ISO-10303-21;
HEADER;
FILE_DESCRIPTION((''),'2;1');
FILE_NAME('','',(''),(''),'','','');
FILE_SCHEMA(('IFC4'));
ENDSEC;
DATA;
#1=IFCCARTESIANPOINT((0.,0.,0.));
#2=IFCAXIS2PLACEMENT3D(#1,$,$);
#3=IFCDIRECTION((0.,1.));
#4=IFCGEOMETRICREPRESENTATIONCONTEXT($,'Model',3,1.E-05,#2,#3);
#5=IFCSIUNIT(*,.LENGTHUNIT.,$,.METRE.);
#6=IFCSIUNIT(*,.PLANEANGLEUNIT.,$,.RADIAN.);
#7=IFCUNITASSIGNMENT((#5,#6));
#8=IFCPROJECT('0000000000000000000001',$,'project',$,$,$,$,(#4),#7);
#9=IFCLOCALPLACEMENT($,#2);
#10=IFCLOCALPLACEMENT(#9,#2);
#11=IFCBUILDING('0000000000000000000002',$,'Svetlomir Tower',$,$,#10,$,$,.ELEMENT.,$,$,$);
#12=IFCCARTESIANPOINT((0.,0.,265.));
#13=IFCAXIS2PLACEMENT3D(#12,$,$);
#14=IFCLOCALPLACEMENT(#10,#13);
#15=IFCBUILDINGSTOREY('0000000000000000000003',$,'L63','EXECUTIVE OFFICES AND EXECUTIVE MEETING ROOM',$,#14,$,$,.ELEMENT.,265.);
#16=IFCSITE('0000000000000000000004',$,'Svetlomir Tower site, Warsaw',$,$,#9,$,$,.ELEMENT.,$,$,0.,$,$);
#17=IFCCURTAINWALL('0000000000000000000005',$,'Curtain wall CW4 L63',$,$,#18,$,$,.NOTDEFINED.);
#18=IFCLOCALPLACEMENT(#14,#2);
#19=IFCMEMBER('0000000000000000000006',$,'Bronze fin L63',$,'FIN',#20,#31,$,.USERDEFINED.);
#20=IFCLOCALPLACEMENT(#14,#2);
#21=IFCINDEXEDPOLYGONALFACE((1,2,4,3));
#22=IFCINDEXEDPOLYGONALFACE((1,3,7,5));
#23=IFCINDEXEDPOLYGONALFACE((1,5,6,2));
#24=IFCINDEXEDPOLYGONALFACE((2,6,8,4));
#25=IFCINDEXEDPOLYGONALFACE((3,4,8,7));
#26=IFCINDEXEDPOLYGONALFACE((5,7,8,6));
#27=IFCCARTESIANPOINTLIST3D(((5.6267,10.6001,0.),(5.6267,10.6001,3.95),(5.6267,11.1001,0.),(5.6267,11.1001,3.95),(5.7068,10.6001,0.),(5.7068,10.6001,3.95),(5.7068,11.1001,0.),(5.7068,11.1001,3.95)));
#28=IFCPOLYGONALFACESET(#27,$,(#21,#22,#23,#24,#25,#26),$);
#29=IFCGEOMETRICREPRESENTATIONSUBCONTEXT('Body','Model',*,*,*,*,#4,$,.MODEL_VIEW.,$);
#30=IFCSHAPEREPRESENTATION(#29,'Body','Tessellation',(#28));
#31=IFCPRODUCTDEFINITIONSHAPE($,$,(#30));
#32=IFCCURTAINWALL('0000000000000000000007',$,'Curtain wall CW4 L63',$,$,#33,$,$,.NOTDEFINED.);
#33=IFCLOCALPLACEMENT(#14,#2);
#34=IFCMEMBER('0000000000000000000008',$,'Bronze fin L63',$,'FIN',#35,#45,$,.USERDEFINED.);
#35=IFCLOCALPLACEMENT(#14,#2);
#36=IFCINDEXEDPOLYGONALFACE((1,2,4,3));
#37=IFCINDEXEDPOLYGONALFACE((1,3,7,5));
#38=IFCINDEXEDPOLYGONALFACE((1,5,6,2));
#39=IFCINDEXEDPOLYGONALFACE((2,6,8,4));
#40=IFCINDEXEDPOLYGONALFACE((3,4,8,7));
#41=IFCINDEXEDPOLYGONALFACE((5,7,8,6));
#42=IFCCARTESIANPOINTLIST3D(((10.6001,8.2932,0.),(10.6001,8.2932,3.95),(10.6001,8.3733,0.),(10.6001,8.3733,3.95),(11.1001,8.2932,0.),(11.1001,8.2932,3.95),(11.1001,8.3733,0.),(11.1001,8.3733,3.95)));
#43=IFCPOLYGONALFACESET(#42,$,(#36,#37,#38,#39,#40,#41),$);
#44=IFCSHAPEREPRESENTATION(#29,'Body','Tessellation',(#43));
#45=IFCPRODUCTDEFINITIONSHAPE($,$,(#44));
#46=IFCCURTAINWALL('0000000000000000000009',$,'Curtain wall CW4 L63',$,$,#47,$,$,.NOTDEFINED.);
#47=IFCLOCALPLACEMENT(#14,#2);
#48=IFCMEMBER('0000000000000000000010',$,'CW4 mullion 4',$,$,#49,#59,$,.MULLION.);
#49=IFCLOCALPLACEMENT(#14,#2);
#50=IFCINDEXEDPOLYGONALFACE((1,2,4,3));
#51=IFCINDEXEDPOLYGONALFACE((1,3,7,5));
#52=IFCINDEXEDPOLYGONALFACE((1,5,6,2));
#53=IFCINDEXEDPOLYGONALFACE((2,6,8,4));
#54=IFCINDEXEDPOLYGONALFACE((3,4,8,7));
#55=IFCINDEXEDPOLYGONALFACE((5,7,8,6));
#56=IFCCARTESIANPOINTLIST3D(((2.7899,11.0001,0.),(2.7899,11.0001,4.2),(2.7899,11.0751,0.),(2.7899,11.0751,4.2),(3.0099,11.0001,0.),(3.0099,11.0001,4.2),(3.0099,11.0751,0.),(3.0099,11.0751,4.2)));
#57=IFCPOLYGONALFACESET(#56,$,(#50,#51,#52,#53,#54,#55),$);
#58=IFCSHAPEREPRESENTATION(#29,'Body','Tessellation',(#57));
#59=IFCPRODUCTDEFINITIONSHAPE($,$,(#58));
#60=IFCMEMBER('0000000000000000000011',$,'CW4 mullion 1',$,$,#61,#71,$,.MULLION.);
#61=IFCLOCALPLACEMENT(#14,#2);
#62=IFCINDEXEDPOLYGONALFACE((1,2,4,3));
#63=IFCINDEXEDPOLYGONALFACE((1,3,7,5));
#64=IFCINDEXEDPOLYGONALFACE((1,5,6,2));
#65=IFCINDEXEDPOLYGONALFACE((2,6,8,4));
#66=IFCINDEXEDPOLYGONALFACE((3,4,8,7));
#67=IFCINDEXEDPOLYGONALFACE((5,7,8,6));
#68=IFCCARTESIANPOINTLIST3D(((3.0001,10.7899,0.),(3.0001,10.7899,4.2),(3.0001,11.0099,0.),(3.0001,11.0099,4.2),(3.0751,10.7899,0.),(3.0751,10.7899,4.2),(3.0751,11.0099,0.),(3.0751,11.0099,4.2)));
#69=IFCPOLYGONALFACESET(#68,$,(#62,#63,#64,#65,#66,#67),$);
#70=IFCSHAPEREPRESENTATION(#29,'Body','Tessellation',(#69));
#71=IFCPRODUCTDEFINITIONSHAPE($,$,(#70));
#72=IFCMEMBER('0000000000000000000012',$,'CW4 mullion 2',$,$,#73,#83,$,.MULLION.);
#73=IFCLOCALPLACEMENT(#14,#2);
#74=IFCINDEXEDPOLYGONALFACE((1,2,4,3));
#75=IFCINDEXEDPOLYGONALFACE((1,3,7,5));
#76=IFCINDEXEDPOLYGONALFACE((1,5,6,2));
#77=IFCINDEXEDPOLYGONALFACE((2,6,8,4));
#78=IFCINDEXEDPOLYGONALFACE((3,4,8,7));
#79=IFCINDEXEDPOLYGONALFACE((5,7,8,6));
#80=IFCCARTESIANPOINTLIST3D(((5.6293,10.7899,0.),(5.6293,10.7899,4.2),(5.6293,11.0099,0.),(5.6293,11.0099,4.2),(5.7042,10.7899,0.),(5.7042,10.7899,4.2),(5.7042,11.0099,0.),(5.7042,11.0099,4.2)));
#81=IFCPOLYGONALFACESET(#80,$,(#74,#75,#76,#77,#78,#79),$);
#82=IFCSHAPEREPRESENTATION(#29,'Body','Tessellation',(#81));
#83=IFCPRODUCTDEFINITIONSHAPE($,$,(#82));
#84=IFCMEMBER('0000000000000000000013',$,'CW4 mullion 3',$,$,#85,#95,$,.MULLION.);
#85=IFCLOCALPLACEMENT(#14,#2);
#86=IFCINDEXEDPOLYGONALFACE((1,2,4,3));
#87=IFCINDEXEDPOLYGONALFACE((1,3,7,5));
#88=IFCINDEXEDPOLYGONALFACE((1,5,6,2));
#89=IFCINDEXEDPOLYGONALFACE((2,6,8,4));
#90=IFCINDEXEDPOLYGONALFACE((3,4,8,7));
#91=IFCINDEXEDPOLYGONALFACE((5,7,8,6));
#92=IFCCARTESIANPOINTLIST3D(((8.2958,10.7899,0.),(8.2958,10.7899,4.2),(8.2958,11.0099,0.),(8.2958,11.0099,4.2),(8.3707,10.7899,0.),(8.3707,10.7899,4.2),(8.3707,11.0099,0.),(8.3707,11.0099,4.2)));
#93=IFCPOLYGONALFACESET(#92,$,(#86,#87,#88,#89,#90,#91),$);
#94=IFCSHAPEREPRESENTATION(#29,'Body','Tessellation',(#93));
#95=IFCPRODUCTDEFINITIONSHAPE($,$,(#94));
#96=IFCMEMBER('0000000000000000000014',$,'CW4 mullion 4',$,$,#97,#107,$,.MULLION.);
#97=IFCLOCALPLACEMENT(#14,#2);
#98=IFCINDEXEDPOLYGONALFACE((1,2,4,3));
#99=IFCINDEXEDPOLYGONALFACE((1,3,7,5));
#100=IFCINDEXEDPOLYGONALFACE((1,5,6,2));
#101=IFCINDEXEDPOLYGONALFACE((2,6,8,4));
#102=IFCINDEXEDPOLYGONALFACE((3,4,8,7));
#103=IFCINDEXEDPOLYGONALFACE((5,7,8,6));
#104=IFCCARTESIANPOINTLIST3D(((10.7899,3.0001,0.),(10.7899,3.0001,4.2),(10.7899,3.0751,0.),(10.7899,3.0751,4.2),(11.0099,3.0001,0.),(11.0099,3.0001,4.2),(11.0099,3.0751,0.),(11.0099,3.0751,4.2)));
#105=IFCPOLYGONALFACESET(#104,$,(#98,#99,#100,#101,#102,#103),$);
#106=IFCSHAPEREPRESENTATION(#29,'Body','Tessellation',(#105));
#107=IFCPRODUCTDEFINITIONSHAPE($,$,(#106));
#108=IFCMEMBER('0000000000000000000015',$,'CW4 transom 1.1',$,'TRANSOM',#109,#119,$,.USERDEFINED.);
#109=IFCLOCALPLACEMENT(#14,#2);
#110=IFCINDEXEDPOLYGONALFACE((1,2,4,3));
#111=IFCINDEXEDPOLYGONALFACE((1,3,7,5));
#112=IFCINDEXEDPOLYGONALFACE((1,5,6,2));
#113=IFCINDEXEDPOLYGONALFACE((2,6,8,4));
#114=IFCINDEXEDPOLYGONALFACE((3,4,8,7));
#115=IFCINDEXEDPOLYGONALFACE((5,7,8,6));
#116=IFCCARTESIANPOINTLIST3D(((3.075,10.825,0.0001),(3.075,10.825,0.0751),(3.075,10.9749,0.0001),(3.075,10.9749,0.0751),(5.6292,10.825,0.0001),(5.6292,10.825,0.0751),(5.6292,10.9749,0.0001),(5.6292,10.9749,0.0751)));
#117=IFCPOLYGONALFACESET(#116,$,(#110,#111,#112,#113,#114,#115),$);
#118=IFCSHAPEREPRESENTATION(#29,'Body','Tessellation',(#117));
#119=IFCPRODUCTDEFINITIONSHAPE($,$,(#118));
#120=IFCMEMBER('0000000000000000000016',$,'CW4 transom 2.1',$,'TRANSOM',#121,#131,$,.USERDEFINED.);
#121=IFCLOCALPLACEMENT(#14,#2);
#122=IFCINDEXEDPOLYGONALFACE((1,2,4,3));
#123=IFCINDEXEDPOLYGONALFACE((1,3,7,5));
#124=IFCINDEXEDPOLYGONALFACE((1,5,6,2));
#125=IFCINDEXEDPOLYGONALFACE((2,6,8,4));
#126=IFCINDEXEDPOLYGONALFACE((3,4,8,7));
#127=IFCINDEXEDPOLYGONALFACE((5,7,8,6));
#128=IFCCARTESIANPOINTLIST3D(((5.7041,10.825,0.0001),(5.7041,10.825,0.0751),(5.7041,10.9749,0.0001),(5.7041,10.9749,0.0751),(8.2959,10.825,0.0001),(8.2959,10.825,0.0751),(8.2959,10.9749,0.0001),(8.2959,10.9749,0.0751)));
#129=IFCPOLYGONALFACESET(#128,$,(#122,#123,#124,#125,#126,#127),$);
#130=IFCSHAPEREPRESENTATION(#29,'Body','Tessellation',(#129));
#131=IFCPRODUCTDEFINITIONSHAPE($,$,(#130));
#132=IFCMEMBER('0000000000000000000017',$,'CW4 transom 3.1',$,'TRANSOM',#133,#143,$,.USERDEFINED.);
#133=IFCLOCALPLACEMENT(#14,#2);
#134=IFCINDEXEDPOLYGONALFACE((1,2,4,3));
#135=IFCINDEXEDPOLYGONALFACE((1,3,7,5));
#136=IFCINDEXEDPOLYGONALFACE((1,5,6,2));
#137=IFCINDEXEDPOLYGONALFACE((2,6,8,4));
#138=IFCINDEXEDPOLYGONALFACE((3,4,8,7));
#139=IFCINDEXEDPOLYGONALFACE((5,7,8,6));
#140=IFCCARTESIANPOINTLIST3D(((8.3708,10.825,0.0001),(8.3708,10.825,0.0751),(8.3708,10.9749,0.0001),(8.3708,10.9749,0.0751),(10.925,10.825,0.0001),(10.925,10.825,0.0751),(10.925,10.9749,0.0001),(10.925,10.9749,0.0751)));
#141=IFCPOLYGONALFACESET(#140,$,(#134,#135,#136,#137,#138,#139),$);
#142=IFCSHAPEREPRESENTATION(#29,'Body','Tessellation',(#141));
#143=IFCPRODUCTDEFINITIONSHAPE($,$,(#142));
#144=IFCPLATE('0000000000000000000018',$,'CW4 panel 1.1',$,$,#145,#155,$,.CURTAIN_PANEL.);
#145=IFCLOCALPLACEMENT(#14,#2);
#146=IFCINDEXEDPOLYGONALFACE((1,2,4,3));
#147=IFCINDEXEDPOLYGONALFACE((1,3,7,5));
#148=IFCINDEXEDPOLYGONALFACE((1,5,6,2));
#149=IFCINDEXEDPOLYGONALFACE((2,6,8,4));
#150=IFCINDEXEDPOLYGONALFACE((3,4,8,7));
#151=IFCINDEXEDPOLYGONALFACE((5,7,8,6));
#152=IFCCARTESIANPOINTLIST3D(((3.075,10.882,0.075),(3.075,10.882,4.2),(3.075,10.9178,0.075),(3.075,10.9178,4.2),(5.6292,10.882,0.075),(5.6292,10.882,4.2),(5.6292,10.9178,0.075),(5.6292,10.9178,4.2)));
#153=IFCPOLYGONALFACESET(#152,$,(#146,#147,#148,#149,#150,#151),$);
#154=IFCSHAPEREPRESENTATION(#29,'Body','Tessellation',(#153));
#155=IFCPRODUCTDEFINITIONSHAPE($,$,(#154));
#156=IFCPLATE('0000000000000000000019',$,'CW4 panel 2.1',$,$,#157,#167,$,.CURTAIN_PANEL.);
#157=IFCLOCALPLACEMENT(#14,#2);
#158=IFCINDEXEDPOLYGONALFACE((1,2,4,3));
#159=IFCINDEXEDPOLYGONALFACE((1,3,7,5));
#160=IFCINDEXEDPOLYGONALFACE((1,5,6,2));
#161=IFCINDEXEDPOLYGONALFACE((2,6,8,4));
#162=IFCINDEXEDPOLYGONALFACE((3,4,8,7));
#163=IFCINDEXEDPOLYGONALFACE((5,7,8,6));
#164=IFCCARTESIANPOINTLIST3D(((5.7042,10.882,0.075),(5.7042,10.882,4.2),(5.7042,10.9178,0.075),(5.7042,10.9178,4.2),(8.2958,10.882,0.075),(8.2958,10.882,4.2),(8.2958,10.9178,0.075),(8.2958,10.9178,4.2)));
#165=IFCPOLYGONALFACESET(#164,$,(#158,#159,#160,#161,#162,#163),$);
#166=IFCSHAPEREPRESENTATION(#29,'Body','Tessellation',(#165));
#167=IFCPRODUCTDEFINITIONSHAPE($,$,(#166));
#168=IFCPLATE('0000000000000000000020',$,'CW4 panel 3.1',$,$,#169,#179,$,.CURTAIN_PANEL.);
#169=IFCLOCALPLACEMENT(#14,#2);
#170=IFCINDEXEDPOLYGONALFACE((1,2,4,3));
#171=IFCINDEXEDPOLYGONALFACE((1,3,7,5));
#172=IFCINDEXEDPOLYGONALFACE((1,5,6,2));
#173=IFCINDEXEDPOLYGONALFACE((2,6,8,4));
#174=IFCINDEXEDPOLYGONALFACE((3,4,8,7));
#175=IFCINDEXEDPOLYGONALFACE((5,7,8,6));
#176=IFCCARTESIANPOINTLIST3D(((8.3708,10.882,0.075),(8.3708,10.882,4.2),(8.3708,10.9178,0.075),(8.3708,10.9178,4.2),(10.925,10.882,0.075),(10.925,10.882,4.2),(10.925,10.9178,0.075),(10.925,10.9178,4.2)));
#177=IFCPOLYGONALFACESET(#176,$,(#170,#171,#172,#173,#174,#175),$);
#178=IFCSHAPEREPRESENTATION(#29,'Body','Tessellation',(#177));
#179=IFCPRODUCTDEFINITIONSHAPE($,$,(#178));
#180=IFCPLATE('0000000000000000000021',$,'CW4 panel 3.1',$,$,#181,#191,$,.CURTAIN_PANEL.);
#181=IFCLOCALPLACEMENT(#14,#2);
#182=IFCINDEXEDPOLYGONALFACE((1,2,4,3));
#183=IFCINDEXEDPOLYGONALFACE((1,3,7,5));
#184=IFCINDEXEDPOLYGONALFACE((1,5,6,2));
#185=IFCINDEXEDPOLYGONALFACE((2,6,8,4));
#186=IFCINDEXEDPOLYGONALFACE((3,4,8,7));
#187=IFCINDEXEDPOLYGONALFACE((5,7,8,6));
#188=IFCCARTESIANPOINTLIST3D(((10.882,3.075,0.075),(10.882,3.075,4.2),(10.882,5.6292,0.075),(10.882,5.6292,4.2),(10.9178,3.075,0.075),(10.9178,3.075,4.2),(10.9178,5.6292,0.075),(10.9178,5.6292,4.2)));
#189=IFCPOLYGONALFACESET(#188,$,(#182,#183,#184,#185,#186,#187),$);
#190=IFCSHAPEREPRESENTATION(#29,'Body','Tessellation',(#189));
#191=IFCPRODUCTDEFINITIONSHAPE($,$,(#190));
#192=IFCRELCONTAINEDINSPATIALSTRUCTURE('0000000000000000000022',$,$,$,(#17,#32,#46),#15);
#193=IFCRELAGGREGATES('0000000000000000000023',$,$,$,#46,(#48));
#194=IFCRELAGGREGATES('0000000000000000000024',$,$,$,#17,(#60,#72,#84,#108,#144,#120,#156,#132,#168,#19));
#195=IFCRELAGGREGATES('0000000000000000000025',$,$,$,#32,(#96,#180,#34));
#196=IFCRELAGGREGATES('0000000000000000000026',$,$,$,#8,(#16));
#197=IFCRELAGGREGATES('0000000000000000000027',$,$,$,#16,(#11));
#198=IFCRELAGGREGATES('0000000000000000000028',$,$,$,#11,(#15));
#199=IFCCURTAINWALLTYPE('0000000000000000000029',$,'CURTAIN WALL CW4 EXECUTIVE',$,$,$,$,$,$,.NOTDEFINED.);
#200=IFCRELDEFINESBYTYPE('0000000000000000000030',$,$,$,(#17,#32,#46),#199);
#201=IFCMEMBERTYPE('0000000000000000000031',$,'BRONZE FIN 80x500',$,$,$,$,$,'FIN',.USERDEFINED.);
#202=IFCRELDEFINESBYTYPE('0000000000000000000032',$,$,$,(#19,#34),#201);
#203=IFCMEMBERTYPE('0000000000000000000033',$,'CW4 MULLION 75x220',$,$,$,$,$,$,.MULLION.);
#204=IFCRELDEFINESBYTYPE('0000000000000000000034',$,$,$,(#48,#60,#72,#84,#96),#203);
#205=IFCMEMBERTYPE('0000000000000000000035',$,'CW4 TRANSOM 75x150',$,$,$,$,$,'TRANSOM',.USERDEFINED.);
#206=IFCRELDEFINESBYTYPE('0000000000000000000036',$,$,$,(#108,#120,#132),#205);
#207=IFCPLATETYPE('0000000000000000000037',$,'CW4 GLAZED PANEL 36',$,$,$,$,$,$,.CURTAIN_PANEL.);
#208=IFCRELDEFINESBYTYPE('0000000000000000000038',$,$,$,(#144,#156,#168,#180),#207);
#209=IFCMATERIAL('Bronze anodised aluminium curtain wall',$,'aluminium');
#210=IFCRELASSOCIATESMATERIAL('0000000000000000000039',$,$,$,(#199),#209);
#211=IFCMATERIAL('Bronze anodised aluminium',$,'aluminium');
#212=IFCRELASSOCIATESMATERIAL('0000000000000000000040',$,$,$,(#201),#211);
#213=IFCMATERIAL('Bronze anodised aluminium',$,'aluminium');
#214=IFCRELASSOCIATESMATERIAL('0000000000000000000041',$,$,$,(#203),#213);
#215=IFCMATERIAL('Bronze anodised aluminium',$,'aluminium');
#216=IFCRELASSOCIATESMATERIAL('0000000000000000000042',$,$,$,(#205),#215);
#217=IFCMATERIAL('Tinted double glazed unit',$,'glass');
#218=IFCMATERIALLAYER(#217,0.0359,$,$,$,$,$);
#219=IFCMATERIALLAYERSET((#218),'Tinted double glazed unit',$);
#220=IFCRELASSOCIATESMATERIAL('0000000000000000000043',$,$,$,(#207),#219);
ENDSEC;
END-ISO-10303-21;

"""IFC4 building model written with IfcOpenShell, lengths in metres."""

from ifc_helpers import new_model, si_unit, direction, frame, origin, origin_2d, place, context, subcontext, project, spatial, rectangle, extrude, material, layer, layer_set, material_profile, profile_set, type_object, element, aggregate, save


model = new_model("IFC4")

# Units and contexts
model_context = context("Model", 3, precision=1e-05, world=origin(), true_north=direction((0.0, 1.0)))
body_context = subcontext(model_context, "Body", "Model", "MODEL_VIEW")
ifc_project = project(units=[si_unit("LENGTHUNIT", "METRE"), si_unit("PLANEANGLEUNIT", "RADIAN")], contexts=[model_context])

# Site, building, storey
site_placement = place(None, origin())
site = spatial("IfcSite", under=ifc_project, at=site_placement, Name="Svetlomir Tower site, Warsaw", CompositionType="ELEMENT", RefElevation=0.0)
building_placement = place(site_placement, origin())
building = spatial("IfcBuilding", under=site, at=building_placement, Name="Svetlomir Tower", CompositionType="ELEMENT")
storey_placement = place(building_placement, frame((0.0, 0.0, 265.0)))
storey = spatial("IfcBuildingStorey", under=building, at=storey_placement, Name="L63", Description="EXECUTIVE OFFICES AND EXECUTIVE MEETING ROOM", CompositionType="ELEMENT", Elevation=265.0)

# Curtain walls, members
ifc_material_1 = material(Name="Bronze anodised aluminium curtain wall", Category="aluminium")
curtain_wall_type = type_object("IfcCurtainWallType", Name="CURTAIN WALL CW4 EXECUTIVE", PredefinedType="NOTDEFINED", material=ifc_material_1)
curtain_wall_1_placement = place(storey_placement, origin())
curtain_wall_1 = element("IfcCurtainWall", 1, at=curtain_wall_1_placement, inside=storey, type_object=curtain_wall_type, Name="Curtain wall CW4 L63", PredefinedType="NOTDEFINED")
ifc_material_2 = material(Name="Bronze anodised aluminium", Category="aluminium")
ifc_material_profile_1 = material_profile(ifc_material_2, rectangle(XDim=0.0801, YDim=0.5, at=origin_2d()), Name="FIN 80x500")
ifc_profile_set_1 = profile_set([ifc_material_profile_1], Name="Bronze anodised aluminium 6063-T6")
member_type_1 = type_object("IfcMemberType", Name="BRONZE FIN 80x500", ElementType="FIN", PredefinedType="USERDEFINED", material=ifc_profile_set_1)
member_1_placement = place(storey_placement, frame((5.6667, 10.8501, 0.0), z_axis=(0.0, 0.0, 1.0), x_axis=(1.0, 0.0, 0.0)))
member_1 = element("IfcMember", 2, at=member_1_placement, type_object=member_type_1, Name="Bronze fin L63", ObjectType="FIN", PredefinedType="USERDEFINED", context=body_context, shape_type="SweptSolid", body=[
    extrude(rectangle(XDim=0.0801, YDim=0.5, at=origin_2d()), origin(), (0.0, 0.0, 1.0), 3.95),
])
curtain_wall_2_placement = place(storey_placement, origin())
curtain_wall_2 = element("IfcCurtainWall", 3, at=curtain_wall_2_placement, inside=storey, type_object=curtain_wall_type, Name="Curtain wall CW4 L63", PredefinedType="NOTDEFINED")
member_2_placement = place(storey_placement, frame((10.8501, 8.3333, 0.0), z_axis=(0.0, 0.0, 1.0), x_axis=(0.0, 1.0, 0.0)))
member_2 = element("IfcMember", 4, at=member_2_placement, type_object=member_type_1, Name="Bronze fin L63", ObjectType="FIN", PredefinedType="USERDEFINED", context=body_context, shape_type="SweptSolid", body=[
    extrude(rectangle(XDim=0.0801, YDim=0.5, at=origin_2d()), origin(), (0.0, 0.0, 1.0), 3.95),
])
curtain_wall_3_placement = place(storey_placement, origin())
curtain_wall_3 = element("IfcCurtainWall", 5, at=curtain_wall_3_placement, inside=storey, type_object=curtain_wall_type, Name="Curtain wall CW4 L63", PredefinedType="NOTDEFINED")
ifc_material_3 = material(Name="Bronze anodised aluminium", Category="aluminium")
ifc_material_profile_2 = material_profile(ifc_material_3, rectangle(XDim=0.075, YDim=0.22, at=origin_2d()), Name="AL 75x220")
ifc_profile_set_2 = profile_set([ifc_material_profile_2], Name="Bronze anodised aluminium 6063-T6")
member_type_2 = type_object("IfcMemberType", Name="CW4 MULLION 75x220", PredefinedType="MULLION", material=ifc_profile_set_2)
member_3_placement = place(storey_placement, frame((2.8999, 11.0376, 0.0), z_axis=(0.0, 0.0, 1.0), x_axis=(0.0, -1.0, 0.0)))
member_3 = element("IfcMember", 6, at=member_3_placement, type_object=member_type_2, Name="CW4 mullion 4", PredefinedType="MULLION", context=body_context, shape_type="SweptSolid", body=[
    extrude(rectangle(XDim=0.075, YDim=0.22, at=origin_2d()), origin(), (0.0, 0.0, 1.0), 4.2),
])
aggregate(curtain_wall_3, [member_3])

# Members
member_4_placement = place(storey_placement, frame((3.0376, 10.8999, 0.0), z_axis=(0.0, 0.0, 1.0), x_axis=(1.0, 0.0, 0.0)))
member_4 = element("IfcMember", 7, at=member_4_placement, type_object=member_type_2, Name="CW4 mullion 1", PredefinedType="MULLION", context=body_context, shape_type="SweptSolid", body=[
    extrude(rectangle(XDim=0.075, YDim=0.22, at=origin_2d()), origin(), (0.0, 0.0, 1.0), 4.2),
])
member_5_placement = place(storey_placement, frame((5.6667, 10.8999, 0.0), z_axis=(0.0, 0.0, 1.0), x_axis=(1.0, 0.0, 0.0)))
member_5 = element("IfcMember", 8, at=member_5_placement, type_object=member_type_2, Name="CW4 mullion 2", PredefinedType="MULLION", context=body_context, shape_type="SweptSolid", body=[
    extrude(rectangle(XDim=0.075, YDim=0.22, at=origin_2d()), origin(), (0.0, 0.0, 1.0), 4.2),
])
member_6_placement = place(storey_placement, frame((8.3333, 10.8999, 0.0), z_axis=(0.0, 0.0, 1.0), x_axis=(1.0, 0.0, 0.0)))
member_6 = element("IfcMember", 9, at=member_6_placement, type_object=member_type_2, Name="CW4 mullion 3", PredefinedType="MULLION", context=body_context, shape_type="SweptSolid", body=[
    extrude(rectangle(XDim=0.075, YDim=0.22, at=origin_2d()), origin(), (0.0, 0.0, 1.0), 4.2),
])
member_7_placement = place(storey_placement, frame((10.8999, 3.0376, 0.0), z_axis=(0.0, 0.0, 1.0), x_axis=(0.0, -1.0, 0.0)))
member_7 = element("IfcMember", 10, at=member_7_placement, type_object=member_type_2, Name="CW4 mullion 4", PredefinedType="MULLION", context=body_context, shape_type="SweptSolid", body=[
    extrude(rectangle(XDim=0.075, YDim=0.22, at=origin_2d()), origin(), (0.0, 0.0, 1.0), 4.2),
])
ifc_material_4 = material(Name="Bronze anodised aluminium", Category="aluminium")
ifc_material_profile_3 = material_profile(ifc_material_4, rectangle(XDim=0.1499, YDim=0.075, at=origin_2d()), Name="AL 150x75")
ifc_profile_set_3 = profile_set([ifc_material_profile_3], Name="Bronze anodised aluminium 6063-T6")
member_type_3 = type_object("IfcMemberType", Name="CW4 TRANSOM 75x150", ElementType="TRANSOM", PredefinedType="USERDEFINED", material=ifc_profile_set_3)
member_8_placement = place(storey_placement, frame((3.075, 10.8999, 0.0376), z_axis=(1.0, 0.0, 0.0), x_axis=(0.0, 1.0, 0.0)))
member_8 = element("IfcMember", 11, at=member_8_placement, type_object=member_type_3, Name="CW4 transom 1.1", ObjectType="TRANSOM", PredefinedType="USERDEFINED", context=body_context, shape_type="SweptSolid", body=[
    extrude(rectangle(XDim=0.1499, YDim=0.075, at=origin_2d()), origin(), (0.0, 0.0, 1.0), 2.5542),
])
member_9_placement = place(storey_placement, frame((5.7041, 10.8999, 0.0376), z_axis=(1.0, 0.0, 0.0), x_axis=(0.0, 1.0, 0.0)))
member_9 = element("IfcMember", 12, at=member_9_placement, type_object=member_type_3, Name="CW4 transom 2.1", ObjectType="TRANSOM", PredefinedType="USERDEFINED", context=body_context, shape_type="SweptSolid", body=[
    extrude(rectangle(XDim=0.1499, YDim=0.075, at=origin_2d()), origin(), (0.0, 0.0, 1.0), 2.5918),
])
member_10_placement = place(storey_placement, frame((8.3708, 10.8999, 0.0376), z_axis=(1.0, 0.0, 0.0), x_axis=(0.0, 1.0, 0.0)))
member_10 = element("IfcMember", 13, at=member_10_placement, type_object=member_type_3, Name="CW4 transom 3.1", ObjectType="TRANSOM", PredefinedType="USERDEFINED", context=body_context, shape_type="SweptSolid", body=[
    extrude(rectangle(XDim=0.1499, YDim=0.075, at=origin_2d()), origin(), (0.0, 0.0, 1.0), 2.5542),
])

# Plates
ifc_material_5 = material(Name="Tinted double glazed unit", Category="glass")
ifc_layer_1 = layer(ifc_material_5, 0.0359)
ifc_layer_set_1 = layer_set([ifc_layer_1], Name="Tinted double glazed unit")
plate_type = type_object("IfcPlateType", Name="CW4 GLAZED PANEL 36", PredefinedType="CURTAIN_PANEL", material=ifc_layer_set_1)
plate_1_placement = place(storey_placement, frame((4.3521, 10.8999, 0.075), z_axis=(0.0, 0.0, 1.0), x_axis=(1.0, 0.0, 0.0)))
plate_1 = element("IfcPlate", 14, at=plate_1_placement, type_object=plate_type, Name="CW4 panel 1.1", PredefinedType="CURTAIN_PANEL", context=body_context, shape_type="SweptSolid", body=[
    extrude(rectangle(XDim=2.5542, YDim=0.0359, at=origin_2d()), origin(), (0.0, 0.0, 1.0), 4.125),
])
plate_2_placement = place(storey_placement, frame((7.0, 10.8999, 0.075), z_axis=(0.0, 0.0, 1.0), x_axis=(1.0, 0.0, 0.0)))
plate_2 = element("IfcPlate", 15, at=plate_2_placement, type_object=plate_type, Name="CW4 panel 2.1", PredefinedType="CURTAIN_PANEL", context=body_context, shape_type="SweptSolid", body=[
    extrude(rectangle(XDim=2.5916, YDim=0.0359, at=origin_2d()), origin(), (0.0, 0.0, 1.0), 4.125),
])
plate_3_placement = place(storey_placement, frame((9.6479, 10.8999, 0.075), z_axis=(0.0, 0.0, 1.0), x_axis=(1.0, 0.0, 0.0)))
plate_3 = element("IfcPlate", 16, at=plate_3_placement, type_object=plate_type, Name="CW4 panel 3.1", PredefinedType="CURTAIN_PANEL", context=body_context, shape_type="SweptSolid", body=[
    extrude(rectangle(XDim=2.5542, YDim=0.0359, at=origin_2d()), origin(), (0.0, 0.0, 1.0), 4.125),
])
aggregate(curtain_wall_1, [member_4, member_5, member_6, member_8, plate_1, member_9, plate_2, member_10, plate_3, member_1])
plate_4_placement = place(storey_placement, frame((10.8999, 4.3521, 0.075), z_axis=(0.0, 0.0, 1.0), x_axis=(0.0, -1.0, 0.0)))
plate_4 = element("IfcPlate", 17, at=plate_4_placement, type_object=plate_type, Name="CW4 panel 3.1", PredefinedType="CURTAIN_PANEL", context=body_context, shape_type="SweptSolid", body=[
    extrude(rectangle(XDim=2.5542, YDim=0.0359, at=origin_2d()), origin(), (0.0, 0.0, 1.0), 4.125),
])
aggregate(curtain_wall_2, [member_7, plate_4, member_2])

save(model, "model.ifc")
